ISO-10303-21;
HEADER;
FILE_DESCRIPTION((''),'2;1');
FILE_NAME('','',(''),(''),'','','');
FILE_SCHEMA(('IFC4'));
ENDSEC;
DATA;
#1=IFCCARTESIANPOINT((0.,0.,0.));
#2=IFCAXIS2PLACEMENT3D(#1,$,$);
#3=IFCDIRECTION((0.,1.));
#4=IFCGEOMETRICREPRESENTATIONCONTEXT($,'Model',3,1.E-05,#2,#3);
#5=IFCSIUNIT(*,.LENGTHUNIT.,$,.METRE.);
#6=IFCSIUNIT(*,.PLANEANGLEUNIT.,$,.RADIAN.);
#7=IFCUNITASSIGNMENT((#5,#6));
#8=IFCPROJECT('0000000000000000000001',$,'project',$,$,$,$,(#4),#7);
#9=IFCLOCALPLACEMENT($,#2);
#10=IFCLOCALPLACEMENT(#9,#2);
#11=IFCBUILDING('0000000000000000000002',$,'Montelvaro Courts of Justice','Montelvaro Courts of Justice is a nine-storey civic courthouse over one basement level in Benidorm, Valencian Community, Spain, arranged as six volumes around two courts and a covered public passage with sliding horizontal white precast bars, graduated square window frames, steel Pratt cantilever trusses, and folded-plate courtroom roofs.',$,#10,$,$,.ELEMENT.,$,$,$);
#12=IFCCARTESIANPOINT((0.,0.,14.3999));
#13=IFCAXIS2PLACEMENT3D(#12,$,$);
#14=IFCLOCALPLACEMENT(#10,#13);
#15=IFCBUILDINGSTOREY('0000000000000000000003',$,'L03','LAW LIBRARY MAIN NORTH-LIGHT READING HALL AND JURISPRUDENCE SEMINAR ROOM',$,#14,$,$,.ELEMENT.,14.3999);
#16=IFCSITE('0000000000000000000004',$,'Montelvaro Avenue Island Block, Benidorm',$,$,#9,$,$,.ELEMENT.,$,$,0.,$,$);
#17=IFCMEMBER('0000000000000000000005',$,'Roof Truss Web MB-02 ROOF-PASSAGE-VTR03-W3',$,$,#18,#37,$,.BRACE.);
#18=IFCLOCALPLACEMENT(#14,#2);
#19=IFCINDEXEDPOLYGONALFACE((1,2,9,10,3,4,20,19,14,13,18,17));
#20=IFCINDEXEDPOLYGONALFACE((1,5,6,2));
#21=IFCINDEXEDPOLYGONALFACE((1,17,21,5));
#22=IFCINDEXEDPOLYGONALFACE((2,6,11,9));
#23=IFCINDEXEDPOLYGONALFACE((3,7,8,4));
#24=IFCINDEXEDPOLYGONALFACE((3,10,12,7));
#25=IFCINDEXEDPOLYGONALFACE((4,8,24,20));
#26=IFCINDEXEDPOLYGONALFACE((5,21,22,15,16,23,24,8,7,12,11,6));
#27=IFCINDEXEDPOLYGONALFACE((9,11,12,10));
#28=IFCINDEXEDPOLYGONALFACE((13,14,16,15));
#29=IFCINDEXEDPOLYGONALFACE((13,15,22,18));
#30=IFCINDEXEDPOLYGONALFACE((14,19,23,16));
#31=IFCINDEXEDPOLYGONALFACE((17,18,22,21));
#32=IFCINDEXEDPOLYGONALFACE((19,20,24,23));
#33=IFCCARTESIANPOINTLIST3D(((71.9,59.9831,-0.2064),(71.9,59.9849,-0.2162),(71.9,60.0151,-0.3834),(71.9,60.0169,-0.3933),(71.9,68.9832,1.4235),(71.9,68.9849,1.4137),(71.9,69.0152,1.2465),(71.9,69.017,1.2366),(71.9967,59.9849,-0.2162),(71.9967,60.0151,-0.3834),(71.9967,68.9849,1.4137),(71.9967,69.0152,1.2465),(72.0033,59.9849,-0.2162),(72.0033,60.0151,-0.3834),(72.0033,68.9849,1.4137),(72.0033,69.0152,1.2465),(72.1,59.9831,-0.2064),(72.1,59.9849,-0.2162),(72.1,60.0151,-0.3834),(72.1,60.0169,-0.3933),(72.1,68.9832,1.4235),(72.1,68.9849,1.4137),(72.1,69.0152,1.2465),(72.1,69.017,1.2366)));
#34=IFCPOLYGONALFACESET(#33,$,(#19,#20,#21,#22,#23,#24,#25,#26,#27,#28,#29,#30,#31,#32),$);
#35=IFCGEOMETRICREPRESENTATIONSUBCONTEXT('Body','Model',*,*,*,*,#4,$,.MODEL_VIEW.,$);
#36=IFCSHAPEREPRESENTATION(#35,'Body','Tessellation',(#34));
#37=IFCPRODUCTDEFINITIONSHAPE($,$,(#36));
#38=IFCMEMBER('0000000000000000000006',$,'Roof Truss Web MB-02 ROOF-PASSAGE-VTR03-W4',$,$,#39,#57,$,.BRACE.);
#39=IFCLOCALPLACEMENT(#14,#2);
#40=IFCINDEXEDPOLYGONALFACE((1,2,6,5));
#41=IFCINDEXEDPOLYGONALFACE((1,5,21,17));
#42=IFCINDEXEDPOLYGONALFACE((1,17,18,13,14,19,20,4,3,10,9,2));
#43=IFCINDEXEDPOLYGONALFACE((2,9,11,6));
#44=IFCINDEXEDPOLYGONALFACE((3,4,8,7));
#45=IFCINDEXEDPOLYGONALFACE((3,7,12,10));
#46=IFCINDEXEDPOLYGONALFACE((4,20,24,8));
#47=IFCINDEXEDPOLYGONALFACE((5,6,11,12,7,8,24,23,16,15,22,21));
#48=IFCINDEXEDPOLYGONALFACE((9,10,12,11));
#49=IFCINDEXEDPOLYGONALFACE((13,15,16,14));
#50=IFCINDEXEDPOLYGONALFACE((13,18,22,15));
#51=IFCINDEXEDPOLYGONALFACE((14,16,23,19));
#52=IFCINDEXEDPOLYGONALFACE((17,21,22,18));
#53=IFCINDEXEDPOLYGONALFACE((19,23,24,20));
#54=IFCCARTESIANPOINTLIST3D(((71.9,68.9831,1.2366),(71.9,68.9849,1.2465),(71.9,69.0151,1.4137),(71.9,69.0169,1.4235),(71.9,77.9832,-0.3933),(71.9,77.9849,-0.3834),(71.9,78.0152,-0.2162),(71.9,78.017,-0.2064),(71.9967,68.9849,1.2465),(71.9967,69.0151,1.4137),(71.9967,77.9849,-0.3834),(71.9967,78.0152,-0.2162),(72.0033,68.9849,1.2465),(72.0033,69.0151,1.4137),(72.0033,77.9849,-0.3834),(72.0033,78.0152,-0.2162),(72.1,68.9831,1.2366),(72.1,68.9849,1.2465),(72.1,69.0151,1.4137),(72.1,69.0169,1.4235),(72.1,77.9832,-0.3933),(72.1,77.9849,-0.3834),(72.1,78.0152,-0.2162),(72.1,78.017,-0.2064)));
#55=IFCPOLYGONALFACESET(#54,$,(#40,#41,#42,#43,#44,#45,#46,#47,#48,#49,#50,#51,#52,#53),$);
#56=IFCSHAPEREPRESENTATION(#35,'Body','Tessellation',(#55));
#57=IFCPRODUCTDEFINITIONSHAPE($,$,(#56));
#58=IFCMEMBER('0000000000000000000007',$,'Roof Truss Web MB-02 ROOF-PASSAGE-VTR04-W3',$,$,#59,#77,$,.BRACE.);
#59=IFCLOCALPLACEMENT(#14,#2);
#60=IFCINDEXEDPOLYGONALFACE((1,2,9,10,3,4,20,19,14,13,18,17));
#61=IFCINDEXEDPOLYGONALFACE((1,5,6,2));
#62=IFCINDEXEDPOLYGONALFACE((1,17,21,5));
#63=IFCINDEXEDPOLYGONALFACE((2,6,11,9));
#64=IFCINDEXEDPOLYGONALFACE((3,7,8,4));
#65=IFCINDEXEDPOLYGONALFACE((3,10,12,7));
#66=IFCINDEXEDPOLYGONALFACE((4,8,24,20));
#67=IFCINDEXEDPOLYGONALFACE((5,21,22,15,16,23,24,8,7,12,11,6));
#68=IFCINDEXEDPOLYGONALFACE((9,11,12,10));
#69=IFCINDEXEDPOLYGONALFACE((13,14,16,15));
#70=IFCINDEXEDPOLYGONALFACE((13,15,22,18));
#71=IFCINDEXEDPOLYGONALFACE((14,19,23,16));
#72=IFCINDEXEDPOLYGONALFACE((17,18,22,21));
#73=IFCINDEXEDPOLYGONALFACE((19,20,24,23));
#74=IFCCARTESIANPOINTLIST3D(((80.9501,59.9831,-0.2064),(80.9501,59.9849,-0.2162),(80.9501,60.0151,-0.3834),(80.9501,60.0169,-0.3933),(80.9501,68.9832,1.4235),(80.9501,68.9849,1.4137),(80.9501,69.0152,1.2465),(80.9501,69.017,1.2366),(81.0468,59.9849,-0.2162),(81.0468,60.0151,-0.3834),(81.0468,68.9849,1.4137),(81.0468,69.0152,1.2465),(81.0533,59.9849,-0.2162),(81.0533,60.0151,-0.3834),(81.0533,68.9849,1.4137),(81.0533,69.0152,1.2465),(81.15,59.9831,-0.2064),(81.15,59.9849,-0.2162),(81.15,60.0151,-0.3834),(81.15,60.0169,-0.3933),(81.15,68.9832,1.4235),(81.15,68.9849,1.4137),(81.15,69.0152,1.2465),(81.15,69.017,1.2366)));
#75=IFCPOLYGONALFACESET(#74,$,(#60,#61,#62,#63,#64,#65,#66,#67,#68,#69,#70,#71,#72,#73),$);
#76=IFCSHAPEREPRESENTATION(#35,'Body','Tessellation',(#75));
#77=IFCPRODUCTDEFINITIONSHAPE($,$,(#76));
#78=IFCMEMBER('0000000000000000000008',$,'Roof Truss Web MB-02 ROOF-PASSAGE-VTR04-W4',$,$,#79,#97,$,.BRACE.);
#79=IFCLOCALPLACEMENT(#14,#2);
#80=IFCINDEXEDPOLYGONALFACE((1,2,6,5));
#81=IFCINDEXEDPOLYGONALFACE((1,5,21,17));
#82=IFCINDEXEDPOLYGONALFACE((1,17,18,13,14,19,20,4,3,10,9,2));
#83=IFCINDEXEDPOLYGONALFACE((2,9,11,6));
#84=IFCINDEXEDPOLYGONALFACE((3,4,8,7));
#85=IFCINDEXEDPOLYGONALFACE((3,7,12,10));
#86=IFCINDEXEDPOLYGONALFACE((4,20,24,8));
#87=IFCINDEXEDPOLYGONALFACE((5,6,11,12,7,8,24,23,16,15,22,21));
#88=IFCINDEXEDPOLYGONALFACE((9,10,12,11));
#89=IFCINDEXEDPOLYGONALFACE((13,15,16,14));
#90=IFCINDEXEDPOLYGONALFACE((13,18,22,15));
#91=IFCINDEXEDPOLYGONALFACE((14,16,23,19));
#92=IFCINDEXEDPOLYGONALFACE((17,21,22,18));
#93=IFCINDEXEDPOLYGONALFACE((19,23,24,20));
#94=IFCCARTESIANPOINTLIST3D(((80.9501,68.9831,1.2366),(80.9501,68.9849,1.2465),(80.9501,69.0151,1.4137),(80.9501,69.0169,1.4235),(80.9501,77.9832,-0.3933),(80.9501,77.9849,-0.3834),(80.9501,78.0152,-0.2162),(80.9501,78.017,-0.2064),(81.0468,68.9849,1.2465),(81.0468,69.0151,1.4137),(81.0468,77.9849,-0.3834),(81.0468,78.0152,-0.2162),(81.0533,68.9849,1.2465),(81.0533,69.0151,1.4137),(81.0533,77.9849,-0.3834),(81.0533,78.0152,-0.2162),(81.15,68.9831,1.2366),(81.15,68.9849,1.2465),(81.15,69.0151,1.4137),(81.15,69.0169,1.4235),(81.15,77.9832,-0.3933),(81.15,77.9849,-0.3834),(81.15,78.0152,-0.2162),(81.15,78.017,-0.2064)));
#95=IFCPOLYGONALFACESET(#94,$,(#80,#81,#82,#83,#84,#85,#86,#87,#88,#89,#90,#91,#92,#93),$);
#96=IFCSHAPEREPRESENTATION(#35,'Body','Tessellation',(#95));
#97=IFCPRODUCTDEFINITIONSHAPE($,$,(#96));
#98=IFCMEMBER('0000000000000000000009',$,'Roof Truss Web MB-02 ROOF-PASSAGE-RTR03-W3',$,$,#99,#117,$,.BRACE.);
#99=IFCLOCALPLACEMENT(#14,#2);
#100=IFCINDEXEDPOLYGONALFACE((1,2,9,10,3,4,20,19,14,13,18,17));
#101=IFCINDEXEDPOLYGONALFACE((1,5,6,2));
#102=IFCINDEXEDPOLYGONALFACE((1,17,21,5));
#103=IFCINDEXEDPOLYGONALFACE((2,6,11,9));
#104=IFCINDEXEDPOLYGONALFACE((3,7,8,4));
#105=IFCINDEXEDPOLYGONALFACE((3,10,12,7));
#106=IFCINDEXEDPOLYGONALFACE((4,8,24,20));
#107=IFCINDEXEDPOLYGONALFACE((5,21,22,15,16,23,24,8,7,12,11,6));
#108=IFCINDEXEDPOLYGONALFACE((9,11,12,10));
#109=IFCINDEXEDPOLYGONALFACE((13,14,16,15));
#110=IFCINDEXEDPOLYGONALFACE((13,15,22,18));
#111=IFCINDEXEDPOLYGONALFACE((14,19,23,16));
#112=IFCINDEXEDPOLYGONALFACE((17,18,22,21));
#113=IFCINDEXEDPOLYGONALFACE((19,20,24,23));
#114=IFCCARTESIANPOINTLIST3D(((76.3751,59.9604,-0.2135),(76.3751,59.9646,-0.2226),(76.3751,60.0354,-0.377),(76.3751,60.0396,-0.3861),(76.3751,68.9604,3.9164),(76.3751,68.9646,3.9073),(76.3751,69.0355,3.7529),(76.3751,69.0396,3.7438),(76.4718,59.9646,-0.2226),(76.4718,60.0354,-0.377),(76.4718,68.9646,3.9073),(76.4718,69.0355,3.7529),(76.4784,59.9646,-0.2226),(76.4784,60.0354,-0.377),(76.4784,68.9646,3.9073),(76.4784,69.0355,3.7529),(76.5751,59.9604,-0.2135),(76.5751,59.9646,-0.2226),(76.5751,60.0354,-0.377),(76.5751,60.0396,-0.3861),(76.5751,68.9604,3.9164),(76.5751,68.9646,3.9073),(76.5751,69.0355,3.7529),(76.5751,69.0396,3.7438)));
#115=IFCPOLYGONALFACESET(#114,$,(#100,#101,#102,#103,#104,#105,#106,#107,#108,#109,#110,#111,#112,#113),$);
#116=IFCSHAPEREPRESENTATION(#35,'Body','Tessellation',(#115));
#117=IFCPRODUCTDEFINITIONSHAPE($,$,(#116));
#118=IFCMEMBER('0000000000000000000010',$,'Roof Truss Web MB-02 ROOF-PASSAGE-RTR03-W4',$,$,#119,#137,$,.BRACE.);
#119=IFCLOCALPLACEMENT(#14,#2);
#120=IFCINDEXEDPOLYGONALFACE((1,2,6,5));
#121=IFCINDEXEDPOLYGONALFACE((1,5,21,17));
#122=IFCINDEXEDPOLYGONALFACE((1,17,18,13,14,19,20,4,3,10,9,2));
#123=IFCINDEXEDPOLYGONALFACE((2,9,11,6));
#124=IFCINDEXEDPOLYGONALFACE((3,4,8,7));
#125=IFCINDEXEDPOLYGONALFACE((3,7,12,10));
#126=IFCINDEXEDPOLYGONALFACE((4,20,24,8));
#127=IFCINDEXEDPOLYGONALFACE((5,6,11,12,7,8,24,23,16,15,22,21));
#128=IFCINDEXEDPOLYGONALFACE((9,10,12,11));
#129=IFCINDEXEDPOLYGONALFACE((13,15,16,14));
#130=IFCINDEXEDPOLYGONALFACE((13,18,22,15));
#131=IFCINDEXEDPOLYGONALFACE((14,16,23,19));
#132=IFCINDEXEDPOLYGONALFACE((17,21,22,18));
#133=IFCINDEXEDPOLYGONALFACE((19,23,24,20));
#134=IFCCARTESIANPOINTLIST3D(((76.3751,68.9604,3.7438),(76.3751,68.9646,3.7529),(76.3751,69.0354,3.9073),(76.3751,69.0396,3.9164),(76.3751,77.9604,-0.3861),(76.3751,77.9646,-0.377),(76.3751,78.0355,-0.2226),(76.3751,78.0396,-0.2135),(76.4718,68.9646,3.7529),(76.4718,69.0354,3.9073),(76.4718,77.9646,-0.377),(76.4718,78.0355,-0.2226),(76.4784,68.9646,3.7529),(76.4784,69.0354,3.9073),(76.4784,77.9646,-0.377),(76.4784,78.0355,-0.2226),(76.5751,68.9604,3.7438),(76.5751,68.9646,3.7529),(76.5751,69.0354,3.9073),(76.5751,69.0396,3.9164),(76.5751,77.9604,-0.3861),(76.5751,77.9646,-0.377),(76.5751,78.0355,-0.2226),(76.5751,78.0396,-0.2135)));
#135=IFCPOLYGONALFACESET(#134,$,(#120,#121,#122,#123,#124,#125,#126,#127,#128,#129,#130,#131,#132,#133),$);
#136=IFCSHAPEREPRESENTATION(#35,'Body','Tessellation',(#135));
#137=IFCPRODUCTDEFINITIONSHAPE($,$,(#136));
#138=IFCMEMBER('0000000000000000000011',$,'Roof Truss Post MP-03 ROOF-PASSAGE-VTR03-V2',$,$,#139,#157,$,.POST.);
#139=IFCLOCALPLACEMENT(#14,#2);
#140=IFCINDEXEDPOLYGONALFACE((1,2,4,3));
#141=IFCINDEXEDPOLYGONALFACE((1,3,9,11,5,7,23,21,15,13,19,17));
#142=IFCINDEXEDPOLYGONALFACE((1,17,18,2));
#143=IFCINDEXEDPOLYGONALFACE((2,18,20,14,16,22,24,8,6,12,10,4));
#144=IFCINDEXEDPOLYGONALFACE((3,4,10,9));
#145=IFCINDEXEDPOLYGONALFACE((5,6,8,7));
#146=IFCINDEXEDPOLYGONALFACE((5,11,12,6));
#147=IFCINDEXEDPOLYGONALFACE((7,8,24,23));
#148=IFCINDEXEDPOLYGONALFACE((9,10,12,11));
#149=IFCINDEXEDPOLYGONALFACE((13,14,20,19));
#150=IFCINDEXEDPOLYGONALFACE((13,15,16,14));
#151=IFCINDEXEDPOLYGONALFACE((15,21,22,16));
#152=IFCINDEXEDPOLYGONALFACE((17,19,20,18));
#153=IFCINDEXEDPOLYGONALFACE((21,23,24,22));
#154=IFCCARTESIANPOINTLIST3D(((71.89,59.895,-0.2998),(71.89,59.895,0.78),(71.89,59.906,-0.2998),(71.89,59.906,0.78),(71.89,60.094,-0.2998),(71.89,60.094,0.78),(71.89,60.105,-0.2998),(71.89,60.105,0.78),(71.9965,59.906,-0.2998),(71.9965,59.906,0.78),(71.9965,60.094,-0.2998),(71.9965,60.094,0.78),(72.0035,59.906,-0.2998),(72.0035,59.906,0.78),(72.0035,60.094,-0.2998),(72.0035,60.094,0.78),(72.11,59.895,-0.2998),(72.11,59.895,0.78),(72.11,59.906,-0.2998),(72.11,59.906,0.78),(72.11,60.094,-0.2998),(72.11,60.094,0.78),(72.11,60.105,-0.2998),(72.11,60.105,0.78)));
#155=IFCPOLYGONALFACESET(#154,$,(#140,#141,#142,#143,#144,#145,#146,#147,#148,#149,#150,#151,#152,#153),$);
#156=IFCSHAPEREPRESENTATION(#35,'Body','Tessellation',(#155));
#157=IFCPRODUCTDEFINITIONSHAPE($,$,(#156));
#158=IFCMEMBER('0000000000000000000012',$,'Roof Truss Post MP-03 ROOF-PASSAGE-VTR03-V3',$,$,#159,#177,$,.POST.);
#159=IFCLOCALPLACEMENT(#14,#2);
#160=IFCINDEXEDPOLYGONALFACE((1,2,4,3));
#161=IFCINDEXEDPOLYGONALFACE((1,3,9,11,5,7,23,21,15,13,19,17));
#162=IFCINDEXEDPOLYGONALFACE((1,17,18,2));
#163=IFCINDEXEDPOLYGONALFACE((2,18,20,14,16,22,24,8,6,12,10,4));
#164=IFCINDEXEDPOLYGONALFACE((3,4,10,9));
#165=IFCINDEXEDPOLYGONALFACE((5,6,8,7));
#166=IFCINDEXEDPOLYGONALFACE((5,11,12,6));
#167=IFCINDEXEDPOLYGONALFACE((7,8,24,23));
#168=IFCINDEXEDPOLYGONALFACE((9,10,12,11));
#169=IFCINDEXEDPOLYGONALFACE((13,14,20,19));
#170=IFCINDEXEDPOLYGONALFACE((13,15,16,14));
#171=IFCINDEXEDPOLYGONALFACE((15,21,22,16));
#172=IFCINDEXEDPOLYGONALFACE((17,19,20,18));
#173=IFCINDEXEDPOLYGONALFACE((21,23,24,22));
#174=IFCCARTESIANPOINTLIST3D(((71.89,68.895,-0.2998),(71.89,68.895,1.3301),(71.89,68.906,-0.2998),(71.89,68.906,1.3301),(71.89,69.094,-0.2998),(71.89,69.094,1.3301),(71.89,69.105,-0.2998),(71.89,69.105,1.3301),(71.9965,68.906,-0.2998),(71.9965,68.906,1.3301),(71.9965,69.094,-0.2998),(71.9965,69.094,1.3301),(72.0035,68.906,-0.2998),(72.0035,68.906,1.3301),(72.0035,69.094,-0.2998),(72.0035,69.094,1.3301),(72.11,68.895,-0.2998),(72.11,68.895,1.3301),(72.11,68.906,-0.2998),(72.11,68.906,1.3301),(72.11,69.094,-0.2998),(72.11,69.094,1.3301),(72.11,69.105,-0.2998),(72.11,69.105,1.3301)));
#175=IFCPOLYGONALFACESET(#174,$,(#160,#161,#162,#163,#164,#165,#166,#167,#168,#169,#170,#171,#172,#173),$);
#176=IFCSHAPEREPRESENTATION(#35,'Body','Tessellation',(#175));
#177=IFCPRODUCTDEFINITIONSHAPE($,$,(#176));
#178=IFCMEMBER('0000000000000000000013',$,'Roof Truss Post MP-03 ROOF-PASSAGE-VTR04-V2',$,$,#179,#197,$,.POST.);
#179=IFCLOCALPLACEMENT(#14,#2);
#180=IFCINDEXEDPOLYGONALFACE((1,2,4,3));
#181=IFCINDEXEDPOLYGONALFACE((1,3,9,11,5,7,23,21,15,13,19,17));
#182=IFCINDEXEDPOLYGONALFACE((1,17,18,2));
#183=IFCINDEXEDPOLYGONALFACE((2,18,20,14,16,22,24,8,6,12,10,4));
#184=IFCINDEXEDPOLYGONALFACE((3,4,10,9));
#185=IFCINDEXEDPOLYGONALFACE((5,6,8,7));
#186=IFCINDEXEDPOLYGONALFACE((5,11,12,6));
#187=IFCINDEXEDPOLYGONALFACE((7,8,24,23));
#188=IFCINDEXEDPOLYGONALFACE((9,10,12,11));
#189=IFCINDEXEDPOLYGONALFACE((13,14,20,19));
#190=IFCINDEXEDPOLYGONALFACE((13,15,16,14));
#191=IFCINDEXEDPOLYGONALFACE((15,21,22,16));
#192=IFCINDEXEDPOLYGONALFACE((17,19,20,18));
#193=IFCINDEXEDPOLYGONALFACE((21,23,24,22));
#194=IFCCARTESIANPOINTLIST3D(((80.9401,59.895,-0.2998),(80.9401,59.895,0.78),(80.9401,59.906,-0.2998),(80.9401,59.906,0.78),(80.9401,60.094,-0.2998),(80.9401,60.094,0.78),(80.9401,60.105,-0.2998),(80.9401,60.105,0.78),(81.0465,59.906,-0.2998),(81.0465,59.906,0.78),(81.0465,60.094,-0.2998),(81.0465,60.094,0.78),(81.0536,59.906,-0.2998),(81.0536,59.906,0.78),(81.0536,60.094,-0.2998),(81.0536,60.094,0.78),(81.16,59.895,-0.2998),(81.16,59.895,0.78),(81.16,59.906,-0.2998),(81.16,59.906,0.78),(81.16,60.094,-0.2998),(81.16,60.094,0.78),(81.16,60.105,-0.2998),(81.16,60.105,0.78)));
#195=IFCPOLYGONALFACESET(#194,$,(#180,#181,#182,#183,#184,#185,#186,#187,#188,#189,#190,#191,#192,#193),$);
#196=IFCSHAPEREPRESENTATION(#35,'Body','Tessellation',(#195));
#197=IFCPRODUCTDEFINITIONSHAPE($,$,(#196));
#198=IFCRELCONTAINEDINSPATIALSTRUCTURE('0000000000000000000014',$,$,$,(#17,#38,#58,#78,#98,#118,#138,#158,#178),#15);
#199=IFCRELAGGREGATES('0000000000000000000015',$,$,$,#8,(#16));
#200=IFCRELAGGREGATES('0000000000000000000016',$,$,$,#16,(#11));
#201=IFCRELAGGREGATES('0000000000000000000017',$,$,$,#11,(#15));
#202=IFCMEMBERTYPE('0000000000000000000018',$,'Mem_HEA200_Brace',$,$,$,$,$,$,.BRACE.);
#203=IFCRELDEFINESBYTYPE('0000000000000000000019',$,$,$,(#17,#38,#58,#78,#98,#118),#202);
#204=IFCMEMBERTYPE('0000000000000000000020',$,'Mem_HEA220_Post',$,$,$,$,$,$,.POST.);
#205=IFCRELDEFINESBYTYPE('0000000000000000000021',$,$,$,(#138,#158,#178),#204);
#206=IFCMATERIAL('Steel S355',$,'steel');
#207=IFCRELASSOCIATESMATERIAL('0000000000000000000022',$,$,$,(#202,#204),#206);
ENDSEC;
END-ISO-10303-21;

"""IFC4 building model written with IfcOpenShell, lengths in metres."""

from ifc_helpers import new_model, si_unit, direction, frame, origin, origin_2d, place, context, subcontext, project, spatial, i_section, extrude, material, material_profile, profile_set, type_object, element, save


model = new_model("IFC4")

# Units and contexts
model_context = context("Model", 3, precision=1e-05, world=origin(), true_north=direction((0.0, 1.0)))
body_context = subcontext(model_context, "Body", "Model", "MODEL_VIEW")
ifc_project = project(units=[si_unit("LENGTHUNIT", "METRE"), si_unit("PLANEANGLEUNIT", "RADIAN")], contexts=[model_context])

# Site, building, storey
site_placement = place(None, origin())
site = spatial("IfcSite", under=ifc_project, at=site_placement, Name="Montelvaro Avenue Island Block, Benidorm", CompositionType="ELEMENT", RefElevation=0.0)
building_placement = place(site_placement, origin())
building = spatial("IfcBuilding", under=site, at=building_placement, Name="Montelvaro Courts of Justice", Description="Montelvaro Courts of Justice is a nine-storey civic courthouse over one basement level in Benidorm, Valencian Community, Spain, arranged as six volumes around two courts and a covered public passage with sliding horizontal white precast bars, graduated square window frames, steel Pratt cantilever trusses, and folded-plate courtroom roofs.", CompositionType="ELEMENT")
storey_placement = place(building_placement, frame((0.0, 0.0, 14.3999)))
storey = spatial("IfcBuildingStorey", under=building, at=storey_placement, Name="L03", Description="LAW LIBRARY MAIN NORTH-LIGHT READING HALL AND JURISPRUDENCE SEMINAR ROOM", CompositionType="ELEMENT", Elevation=14.3999)

# Members
ifc_material = material(Name="Steel S355", Category="steel")
ifc_material_profile_1 = material_profile(ifc_material, i_section(OverallWidth=0.2, OverallDepth=0.1899, WebThickness=0.0066, FlangeThickness=0.01, at=origin_2d()), Name="HEA 200")
ifc_profile_set_1 = profile_set([ifc_material_profile_1], Name="Steel S355")
member_type_1 = type_object("IfcMemberType", Name="Mem_HEA200_Brace", PredefinedType="BRACE", material=ifc_profile_set_1)
for number, where, z_axis, x_axis, name in (
    (1, (72.0, 60.0, -0.2998), (0.0, 0.983994, 0.1782), (-1.0, 0.0, 0.0), "Roof Truss Web MB-02 ROOF-PASSAGE-VTR03-W3"),
    (2, (72.0, 69.0, 1.3301), (0.0, 0.983994, -0.1782), (-1.0, 0.0, 0.0), "Roof Truss Web MB-02 ROOF-PASSAGE-VTR03-W4"),
    (3, (81.05, 60.0, -0.2998), (0.0, 0.983994, 0.1782), (-1.0, 0.0, 0.0), "Roof Truss Web MB-02 ROOF-PASSAGE-VTR04-W3"),
    (4, (81.05, 69.0, 1.3301), (0.0, 0.983994, -0.1782), (-1.0, 0.0, 0.0), "Roof Truss Web MB-02 ROOF-PASSAGE-VTR04-W4"),
):
    element("IfcMember", number, at=place(storey_placement, frame(where, z_axis=z_axis, x_axis=x_axis)), inside=storey, type_object=member_type_1, Name=name, PredefinedType="BRACE", context=body_context, shape_type="SweptSolid", body=[
        extrude(i_section(OverallWidth=0.2, OverallDepth=0.1899, WebThickness=0.0066, FlangeThickness=0.01, at=origin_2d()), origin(), (0.0, 0.0, 1.0), 9.1465),
    ])
for number, where, z_axis, x_axis, name in (
    (5, (76.4751, 60.0, -0.2998), (0.0, 0.908878, 0.417062), (-1.0, 0.0, 0.0), "Roof Truss Web MB-02 ROOF-PASSAGE-RTR03-W3"),
    (6, (76.4751, 69.0, 3.8301), (0.0, 0.908878, -0.417062), (-1.0, 0.0, 0.0), "Roof Truss Web MB-02 ROOF-PASSAGE-RTR03-W4"),
):
    element("IfcMember", number, at=place(storey_placement, frame(where, z_axis=z_axis, x_axis=x_axis)), inside=storey, type_object=member_type_1, Name=name, PredefinedType="BRACE", context=body_context, shape_type="SweptSolid", body=[
        extrude(i_section(OverallWidth=0.2, OverallDepth=0.1899, WebThickness=0.0066, FlangeThickness=0.01, at=origin_2d()), origin(), (0.0, 0.0, 1.0), 9.9023),
    ])
ifc_material_profile_2 = material_profile(ifc_material, i_section(OverallWidth=0.22, OverallDepth=0.21, WebThickness=0.0071, FlangeThickness=0.011, at=origin_2d()), Name="HEA 220")
ifc_profile_set_2 = profile_set([ifc_material_profile_2], Name="Steel S355")
member_type_2 = type_object("IfcMemberType", Name="Mem_HEA220_Post", PredefinedType="POST", material=ifc_profile_set_2)
member_1_placement = place(storey_placement, frame((72.0, 60.0, -0.2998), z_axis=(0.0, 0.0, 1.0), x_axis=(1.0, 0.0, 0.0)))
element("IfcMember", 7, at=member_1_placement, inside=storey, type_object=member_type_2, Name="Roof Truss Post MP-03 ROOF-PASSAGE-VTR03-V2", PredefinedType="POST", context=body_context, shape_type="SweptSolid", body=[
    extrude(i_section(OverallWidth=0.22, OverallDepth=0.21, WebThickness=0.0071, FlangeThickness=0.011, at=origin_2d()), origin(), (0.0, 0.0, 1.0), 1.0798),
])
member_2_placement = place(storey_placement, frame((72.0, 69.0, -0.2998), z_axis=(0.0, 0.0, 1.0), x_axis=(1.0, 0.0, 0.0)))
element("IfcMember", 8, at=member_2_placement, inside=storey, type_object=member_type_2, Name="Roof Truss Post MP-03 ROOF-PASSAGE-VTR03-V3", PredefinedType="POST", context=body_context, shape_type="SweptSolid", body=[
    extrude(i_section(OverallWidth=0.22, OverallDepth=0.21, WebThickness=0.0071, FlangeThickness=0.011, at=origin_2d()), origin(), (0.0, 0.0, 1.0), 1.6299),
])
member_3_placement = place(storey_placement, frame((81.05, 60.0, -0.2998), z_axis=(0.0, 0.0, 1.0), x_axis=(1.0, 0.0, 0.0)))
element("IfcMember", 9, at=member_3_placement, inside=storey, type_object=member_type_2, Name="Roof Truss Post MP-03 ROOF-PASSAGE-VTR04-V2", PredefinedType="POST", context=body_context, shape_type="SweptSolid", body=[
    extrude(i_section(OverallWidth=0.22, OverallDepth=0.21, WebThickness=0.0071, FlangeThickness=0.011, at=origin_2d()), origin(), (0.0, 0.0, 1.0), 1.0798),
])

save(model, "model.ifc")
